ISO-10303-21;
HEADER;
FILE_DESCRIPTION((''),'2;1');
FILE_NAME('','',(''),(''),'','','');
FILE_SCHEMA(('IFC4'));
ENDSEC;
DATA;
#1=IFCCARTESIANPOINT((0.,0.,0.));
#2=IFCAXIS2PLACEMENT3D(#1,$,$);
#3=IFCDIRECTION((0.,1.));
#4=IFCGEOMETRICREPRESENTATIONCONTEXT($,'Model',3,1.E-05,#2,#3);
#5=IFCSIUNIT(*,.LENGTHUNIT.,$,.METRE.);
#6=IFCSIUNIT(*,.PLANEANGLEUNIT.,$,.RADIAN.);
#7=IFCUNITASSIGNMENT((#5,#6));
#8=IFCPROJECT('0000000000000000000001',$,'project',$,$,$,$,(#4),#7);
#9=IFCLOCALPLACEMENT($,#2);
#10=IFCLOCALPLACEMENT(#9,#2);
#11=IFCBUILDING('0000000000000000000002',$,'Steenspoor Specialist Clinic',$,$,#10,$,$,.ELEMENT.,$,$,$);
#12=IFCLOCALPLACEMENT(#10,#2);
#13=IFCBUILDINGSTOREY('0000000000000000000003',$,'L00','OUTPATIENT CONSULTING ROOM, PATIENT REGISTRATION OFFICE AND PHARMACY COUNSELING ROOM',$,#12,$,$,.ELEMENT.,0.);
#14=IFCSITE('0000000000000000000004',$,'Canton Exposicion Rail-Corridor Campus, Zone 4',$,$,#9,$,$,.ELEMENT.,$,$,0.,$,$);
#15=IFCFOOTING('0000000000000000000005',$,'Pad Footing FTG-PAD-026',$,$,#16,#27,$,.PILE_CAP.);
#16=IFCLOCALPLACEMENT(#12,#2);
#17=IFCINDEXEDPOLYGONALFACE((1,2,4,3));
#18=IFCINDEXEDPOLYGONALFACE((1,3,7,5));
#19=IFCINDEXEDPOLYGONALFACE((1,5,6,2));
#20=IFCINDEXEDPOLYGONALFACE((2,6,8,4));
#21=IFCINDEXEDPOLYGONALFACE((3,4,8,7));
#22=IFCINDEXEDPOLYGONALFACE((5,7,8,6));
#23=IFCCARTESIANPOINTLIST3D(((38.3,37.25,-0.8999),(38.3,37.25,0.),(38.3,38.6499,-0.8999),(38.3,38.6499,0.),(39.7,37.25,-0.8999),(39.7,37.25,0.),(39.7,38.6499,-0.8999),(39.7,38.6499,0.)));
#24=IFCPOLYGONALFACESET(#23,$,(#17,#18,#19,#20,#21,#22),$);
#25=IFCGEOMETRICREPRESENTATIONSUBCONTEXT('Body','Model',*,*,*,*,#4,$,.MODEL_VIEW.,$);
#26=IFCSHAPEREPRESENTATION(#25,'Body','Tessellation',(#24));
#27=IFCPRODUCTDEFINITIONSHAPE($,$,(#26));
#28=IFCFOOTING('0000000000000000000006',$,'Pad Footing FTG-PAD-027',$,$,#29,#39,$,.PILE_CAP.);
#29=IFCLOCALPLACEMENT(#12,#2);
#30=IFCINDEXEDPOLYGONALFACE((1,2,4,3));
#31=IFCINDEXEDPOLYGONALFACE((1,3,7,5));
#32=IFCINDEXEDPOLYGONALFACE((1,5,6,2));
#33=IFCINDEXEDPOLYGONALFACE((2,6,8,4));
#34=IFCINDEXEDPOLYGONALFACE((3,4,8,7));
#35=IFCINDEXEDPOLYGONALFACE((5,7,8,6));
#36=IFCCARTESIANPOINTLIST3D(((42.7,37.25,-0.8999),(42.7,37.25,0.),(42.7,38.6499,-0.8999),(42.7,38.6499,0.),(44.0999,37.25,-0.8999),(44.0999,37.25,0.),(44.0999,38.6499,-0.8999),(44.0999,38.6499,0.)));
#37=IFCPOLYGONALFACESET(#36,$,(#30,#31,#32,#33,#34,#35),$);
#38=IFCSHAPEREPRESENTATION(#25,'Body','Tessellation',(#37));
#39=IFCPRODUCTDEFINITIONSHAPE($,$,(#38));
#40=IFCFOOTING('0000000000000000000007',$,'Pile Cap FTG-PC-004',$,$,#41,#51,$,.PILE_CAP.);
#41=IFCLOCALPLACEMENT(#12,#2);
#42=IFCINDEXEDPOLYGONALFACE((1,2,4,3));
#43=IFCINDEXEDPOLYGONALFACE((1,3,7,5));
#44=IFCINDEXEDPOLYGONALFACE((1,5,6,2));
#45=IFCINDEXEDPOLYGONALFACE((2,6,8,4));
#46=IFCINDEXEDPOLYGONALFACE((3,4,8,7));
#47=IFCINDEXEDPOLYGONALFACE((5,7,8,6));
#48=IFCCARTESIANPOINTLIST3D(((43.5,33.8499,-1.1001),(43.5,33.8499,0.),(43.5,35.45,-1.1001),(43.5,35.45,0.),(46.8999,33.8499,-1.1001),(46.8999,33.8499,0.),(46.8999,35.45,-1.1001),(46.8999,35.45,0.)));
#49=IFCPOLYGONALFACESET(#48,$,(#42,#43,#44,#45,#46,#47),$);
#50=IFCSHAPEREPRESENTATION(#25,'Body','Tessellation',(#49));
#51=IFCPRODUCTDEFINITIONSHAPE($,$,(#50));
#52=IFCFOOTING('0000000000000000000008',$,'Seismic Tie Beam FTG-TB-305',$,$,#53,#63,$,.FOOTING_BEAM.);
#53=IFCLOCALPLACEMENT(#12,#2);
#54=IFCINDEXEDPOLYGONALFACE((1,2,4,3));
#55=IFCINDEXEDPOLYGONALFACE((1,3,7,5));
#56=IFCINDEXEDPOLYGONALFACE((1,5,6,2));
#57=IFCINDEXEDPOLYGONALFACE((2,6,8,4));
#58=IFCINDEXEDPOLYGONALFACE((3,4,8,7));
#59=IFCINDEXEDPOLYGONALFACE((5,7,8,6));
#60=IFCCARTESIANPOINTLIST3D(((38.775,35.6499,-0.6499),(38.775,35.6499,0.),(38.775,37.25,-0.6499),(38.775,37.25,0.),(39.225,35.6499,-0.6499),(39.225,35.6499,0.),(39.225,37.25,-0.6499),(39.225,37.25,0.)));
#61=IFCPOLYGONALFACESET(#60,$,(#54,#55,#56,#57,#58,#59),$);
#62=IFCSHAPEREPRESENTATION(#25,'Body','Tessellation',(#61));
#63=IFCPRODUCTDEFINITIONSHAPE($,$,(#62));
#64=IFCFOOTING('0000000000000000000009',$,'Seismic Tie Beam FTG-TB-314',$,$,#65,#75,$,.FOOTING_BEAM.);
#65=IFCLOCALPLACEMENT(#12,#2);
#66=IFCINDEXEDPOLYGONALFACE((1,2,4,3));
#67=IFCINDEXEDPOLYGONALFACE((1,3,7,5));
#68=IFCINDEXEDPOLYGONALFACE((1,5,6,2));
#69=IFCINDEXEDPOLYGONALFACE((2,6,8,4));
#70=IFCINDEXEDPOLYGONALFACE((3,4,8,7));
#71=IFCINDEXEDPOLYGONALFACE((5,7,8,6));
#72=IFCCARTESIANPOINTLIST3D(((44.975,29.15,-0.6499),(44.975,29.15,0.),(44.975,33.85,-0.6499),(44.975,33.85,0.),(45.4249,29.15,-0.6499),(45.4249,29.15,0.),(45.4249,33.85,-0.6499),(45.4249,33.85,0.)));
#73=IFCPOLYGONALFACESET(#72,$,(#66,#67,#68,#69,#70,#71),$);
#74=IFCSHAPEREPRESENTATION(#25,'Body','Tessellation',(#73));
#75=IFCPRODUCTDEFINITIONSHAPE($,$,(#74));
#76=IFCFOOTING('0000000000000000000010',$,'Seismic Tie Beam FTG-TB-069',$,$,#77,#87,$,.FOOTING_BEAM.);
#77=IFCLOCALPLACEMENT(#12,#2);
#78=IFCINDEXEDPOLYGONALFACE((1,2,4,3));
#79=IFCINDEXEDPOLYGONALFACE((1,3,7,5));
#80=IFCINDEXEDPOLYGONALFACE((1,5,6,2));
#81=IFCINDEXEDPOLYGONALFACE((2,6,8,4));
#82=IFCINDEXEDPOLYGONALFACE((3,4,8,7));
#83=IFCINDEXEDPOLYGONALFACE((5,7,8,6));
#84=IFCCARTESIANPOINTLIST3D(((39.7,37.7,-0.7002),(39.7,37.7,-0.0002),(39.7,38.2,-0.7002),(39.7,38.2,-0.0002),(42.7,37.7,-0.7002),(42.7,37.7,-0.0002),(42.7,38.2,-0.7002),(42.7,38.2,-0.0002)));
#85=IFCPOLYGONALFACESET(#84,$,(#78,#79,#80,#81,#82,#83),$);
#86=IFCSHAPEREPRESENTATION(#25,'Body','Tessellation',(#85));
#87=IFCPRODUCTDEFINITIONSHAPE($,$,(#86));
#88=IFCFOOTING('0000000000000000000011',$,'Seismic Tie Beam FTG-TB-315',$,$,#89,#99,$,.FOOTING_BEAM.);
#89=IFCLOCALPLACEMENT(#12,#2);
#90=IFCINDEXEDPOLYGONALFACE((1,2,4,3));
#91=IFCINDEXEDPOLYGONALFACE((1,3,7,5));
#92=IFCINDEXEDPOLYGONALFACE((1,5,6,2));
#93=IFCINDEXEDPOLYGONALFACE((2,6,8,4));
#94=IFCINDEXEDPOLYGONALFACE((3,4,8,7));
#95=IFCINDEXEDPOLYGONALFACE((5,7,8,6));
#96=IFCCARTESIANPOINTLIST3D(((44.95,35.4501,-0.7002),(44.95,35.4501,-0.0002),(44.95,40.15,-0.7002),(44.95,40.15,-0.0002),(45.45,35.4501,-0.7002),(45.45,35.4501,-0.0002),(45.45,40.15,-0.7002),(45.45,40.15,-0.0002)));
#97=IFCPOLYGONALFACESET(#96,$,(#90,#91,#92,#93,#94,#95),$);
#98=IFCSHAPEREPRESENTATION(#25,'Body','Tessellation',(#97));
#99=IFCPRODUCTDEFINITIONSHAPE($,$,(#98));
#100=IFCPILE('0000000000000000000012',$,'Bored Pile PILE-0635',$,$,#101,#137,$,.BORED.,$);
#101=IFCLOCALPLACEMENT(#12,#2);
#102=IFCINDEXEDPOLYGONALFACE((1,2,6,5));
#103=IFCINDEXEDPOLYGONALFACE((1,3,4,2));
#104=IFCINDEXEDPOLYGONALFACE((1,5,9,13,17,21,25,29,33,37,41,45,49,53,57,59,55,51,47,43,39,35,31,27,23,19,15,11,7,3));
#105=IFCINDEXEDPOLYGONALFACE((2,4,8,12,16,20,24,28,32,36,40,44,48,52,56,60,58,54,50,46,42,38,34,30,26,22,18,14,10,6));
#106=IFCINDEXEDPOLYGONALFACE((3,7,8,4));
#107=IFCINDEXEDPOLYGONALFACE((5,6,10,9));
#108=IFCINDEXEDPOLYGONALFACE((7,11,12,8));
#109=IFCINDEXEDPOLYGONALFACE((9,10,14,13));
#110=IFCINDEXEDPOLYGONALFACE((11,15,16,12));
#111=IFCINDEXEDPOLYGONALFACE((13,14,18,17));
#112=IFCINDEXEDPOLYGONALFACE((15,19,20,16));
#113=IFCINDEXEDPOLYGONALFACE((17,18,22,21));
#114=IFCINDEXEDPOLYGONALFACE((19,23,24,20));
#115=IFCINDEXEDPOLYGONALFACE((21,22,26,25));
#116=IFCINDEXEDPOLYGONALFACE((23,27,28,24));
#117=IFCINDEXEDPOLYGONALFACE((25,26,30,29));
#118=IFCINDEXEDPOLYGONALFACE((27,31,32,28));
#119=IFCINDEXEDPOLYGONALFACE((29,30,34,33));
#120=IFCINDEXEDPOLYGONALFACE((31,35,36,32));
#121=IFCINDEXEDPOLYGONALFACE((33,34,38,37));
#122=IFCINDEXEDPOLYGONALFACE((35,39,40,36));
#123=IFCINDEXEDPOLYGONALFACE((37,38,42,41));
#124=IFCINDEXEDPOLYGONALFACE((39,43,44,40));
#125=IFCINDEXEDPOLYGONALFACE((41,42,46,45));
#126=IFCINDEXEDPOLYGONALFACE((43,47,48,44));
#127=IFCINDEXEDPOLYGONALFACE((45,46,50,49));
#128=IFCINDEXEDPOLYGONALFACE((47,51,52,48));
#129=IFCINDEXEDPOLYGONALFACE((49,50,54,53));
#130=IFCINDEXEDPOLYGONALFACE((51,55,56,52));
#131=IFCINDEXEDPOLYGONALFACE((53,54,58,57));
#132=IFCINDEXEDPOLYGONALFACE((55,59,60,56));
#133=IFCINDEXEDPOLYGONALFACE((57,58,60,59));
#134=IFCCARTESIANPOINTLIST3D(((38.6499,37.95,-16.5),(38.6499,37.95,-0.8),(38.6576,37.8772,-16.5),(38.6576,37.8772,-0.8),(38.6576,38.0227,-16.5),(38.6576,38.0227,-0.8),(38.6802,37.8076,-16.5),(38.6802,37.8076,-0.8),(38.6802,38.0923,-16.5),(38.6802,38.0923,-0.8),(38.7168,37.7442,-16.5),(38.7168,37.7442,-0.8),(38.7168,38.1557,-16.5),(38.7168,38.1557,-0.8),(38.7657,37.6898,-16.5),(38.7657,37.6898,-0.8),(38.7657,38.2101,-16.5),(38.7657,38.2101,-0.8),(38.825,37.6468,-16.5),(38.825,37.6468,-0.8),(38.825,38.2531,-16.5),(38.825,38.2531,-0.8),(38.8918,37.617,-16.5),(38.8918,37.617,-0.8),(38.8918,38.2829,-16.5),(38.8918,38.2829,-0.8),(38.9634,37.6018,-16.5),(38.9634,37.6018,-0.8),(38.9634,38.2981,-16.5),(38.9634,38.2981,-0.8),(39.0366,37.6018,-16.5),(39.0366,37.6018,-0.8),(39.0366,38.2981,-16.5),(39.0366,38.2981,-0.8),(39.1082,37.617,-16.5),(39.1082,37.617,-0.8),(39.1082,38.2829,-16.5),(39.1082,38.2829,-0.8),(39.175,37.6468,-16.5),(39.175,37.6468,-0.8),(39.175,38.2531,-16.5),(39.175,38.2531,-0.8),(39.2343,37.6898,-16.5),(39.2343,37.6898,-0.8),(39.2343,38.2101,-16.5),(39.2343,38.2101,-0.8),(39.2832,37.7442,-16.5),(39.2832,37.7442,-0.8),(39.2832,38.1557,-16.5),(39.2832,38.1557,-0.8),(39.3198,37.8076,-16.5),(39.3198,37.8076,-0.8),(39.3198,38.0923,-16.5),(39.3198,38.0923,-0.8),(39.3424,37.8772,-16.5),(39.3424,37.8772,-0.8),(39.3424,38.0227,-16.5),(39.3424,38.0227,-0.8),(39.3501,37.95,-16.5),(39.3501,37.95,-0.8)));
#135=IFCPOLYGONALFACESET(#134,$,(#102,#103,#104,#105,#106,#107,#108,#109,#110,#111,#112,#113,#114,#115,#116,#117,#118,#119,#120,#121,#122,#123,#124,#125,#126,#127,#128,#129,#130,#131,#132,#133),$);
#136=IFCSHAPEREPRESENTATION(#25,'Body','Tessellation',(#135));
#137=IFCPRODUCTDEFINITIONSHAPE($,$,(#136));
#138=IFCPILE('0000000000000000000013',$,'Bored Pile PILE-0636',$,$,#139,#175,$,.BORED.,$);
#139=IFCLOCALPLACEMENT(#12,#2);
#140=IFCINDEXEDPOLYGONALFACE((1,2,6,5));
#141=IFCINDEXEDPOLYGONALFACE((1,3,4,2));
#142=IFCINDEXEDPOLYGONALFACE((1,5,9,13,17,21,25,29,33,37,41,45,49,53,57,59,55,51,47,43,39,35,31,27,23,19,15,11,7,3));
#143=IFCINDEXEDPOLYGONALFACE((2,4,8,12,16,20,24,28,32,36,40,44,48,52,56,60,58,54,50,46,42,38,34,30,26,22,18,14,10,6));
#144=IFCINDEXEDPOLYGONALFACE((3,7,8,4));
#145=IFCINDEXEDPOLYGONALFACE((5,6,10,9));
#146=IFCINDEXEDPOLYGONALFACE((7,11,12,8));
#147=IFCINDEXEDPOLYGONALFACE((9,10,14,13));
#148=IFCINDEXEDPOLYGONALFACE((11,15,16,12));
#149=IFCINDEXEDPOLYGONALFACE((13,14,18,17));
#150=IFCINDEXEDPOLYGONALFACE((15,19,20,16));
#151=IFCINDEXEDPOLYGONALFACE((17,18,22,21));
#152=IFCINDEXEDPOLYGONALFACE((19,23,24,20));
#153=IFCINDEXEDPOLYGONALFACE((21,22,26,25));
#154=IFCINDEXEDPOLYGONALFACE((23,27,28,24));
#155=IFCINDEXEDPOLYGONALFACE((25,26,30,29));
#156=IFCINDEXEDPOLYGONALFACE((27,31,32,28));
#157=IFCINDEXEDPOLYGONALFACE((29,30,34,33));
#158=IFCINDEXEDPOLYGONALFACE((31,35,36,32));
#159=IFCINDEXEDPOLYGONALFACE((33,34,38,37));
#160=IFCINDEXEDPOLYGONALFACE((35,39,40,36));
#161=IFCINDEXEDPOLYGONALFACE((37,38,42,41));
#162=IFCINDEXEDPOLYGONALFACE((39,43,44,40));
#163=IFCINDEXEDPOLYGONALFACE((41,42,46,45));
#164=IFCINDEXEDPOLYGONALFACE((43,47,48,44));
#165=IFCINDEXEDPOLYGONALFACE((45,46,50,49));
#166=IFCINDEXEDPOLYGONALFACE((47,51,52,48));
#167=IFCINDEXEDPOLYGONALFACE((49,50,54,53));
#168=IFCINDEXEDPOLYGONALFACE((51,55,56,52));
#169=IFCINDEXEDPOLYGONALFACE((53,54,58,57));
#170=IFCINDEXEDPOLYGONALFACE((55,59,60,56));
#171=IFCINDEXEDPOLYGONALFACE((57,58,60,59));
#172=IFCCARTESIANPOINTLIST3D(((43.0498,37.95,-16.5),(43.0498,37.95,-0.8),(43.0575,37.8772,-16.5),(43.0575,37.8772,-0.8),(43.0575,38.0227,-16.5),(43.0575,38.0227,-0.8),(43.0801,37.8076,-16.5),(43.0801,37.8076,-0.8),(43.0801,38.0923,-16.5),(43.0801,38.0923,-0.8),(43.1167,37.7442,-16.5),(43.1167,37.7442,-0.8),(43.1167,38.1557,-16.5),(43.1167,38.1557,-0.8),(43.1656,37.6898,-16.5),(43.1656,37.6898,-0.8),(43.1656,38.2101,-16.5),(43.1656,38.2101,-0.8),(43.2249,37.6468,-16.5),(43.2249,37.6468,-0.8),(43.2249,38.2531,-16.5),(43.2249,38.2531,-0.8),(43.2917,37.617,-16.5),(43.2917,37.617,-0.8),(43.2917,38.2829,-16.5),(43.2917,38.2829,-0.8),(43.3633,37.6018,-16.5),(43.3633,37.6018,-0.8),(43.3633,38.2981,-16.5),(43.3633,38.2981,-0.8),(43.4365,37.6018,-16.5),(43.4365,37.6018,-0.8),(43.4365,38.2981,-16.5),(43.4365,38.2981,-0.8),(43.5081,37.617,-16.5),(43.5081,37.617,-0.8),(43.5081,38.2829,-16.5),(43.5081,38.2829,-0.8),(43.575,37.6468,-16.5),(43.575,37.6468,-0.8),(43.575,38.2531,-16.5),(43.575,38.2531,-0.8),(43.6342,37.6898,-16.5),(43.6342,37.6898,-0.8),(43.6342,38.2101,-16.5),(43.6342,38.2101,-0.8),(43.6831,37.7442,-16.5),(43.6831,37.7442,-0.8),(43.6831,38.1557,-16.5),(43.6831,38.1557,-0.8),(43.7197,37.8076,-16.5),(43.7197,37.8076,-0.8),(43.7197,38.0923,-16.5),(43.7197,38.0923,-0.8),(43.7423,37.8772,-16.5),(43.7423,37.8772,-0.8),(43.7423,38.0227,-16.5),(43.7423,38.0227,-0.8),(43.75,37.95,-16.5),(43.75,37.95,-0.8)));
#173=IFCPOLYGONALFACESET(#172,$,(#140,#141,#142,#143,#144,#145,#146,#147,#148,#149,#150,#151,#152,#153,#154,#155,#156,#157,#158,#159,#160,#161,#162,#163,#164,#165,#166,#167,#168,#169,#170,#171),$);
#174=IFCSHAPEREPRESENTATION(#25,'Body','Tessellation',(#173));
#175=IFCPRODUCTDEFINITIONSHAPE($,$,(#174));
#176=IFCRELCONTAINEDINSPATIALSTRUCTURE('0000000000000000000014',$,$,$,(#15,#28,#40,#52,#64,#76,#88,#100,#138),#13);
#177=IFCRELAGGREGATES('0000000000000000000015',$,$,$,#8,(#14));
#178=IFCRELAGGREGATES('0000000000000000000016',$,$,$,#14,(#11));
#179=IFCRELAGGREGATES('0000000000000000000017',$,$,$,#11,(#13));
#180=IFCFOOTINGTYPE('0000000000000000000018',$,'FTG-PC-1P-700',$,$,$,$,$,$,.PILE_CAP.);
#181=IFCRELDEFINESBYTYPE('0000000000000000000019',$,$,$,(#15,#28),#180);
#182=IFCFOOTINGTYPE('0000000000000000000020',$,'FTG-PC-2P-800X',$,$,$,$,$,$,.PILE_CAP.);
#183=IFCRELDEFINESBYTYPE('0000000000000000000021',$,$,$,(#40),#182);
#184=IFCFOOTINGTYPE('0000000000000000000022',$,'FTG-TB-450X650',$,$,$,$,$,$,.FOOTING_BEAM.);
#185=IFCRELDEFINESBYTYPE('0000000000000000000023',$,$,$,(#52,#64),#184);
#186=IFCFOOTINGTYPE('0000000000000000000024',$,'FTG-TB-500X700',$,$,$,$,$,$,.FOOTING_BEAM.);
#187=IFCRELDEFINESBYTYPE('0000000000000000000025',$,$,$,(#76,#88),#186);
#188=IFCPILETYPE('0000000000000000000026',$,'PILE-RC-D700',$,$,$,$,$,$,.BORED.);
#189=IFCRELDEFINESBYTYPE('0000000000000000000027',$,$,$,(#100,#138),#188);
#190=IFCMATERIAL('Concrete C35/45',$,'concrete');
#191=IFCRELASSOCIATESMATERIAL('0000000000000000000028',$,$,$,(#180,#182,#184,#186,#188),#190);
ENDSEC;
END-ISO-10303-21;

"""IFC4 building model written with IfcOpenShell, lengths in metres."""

from ifc_helpers import new_model, si_unit, direction, frame, origin, origin_2d, place, context, subcontext, project, spatial, rectangle, circle, extrude, material, material_profile, profile_set, type_object, element, save


model = new_model("IFC4")

# Units and contexts
model_context = context("Model", 3, precision=1e-05, world=origin(), true_north=direction((0.0, 1.0)))
body_context = subcontext(model_context, "Body", "Model", "MODEL_VIEW")
ifc_project = project(units=[si_unit("LENGTHUNIT", "METRE"), si_unit("PLANEANGLEUNIT", "RADIAN")], contexts=[model_context])

# Site, building, storey
site_placement = place(None, origin())
site = spatial("IfcSite", under=ifc_project, at=site_placement, Name="Canton Exposicion Rail-Corridor Campus, Zone 4", CompositionType="ELEMENT", RefElevation=0.0)
building_placement = place(site_placement, origin())
building = spatial("IfcBuilding", under=site, at=building_placement, Name="Steenspoor Specialist Clinic", CompositionType="ELEMENT")
storey_placement = place(building_placement, origin())
storey = spatial("IfcBuildingStorey", under=building, at=storey_placement, Name="L00", Description="OUTPATIENT CONSULTING ROOM, PATIENT REGISTRATION OFFICE AND PHARMACY COUNSELING ROOM", CompositionType="ELEMENT", Elevation=0.0)

# Footings
ifc_material_1 = material(Name="Concrete C35/45", Category="concrete")
footing_type_1 = type_object("IfcFootingType", Name="FTG-PC-1P-700", PredefinedType="PILE_CAP", material=ifc_material_1)
for number, where, z_axis, x_axis, name in (
    (1, (39.0, 37.95, -0.8999), (0.0, 0.0, 1.0), (1.0, 0.0, 0.0), "Pad Footing FTG-PAD-026"),
    (2, (43.3999, 37.95, -0.8999), (0.0, 0.0, 1.0), (1.0, 0.0, 0.0), "Pad Footing FTG-PAD-027"),
):
    element("IfcFooting", number, at=place(storey_placement, frame(where, z_axis=z_axis, x_axis=x_axis)), inside=storey, type_object=footing_type_1, Name=name, PredefinedType="PILE_CAP", context=body_context, shape_type="SweptSolid", body=[
        extrude(rectangle(XDim=1.3999, YDim=1.3999, at=origin_2d()), origin(), (0.0, 0.0, 1.0), 0.8999),
    ])
footing_type_2 = type_object("IfcFootingType", Name="FTG-PC-2P-800X", PredefinedType="PILE_CAP", material=ifc_material_1)
footing_1_placement = place(storey_placement, frame((45.2, 34.6499, -1.1001), z_axis=(0.0, 0.0, 1.0), x_axis=(1.0, 0.0, 0.0)))
element("IfcFooting", 3, at=footing_1_placement, inside=storey, type_object=footing_type_2, Name="Pile Cap FTG-PC-004", PredefinedType="PILE_CAP", context=body_context, shape_type="SweptSolid", body=[
    extrude(rectangle(XDim=3.3999, YDim=1.6001, at=origin_2d()), origin(), (0.0, 0.0, 1.0), 1.1001),
])
footing_type_3 = type_object("IfcFootingType", Name="FTG-TB-450X650", PredefinedType="FOOTING_BEAM", material=ifc_material_1)
footing_2_placement = place(storey_placement, frame((39.0, 36.45, -0.6499), z_axis=(0.0, 0.0, 1.0), x_axis=(1.0, 0.0, 0.0)))
element("IfcFooting", 4, at=footing_2_placement, inside=storey, type_object=footing_type_3, Name="Seismic Tie Beam FTG-TB-305", PredefinedType="FOOTING_BEAM", context=body_context, shape_type="SweptSolid", body=[
    extrude(rectangle(XDim=0.45, YDim=1.6001, at=origin_2d()), origin(), (0.0, 0.0, 1.0), 0.6499),
])
footing_3_placement = place(storey_placement, frame((45.2, 31.5, -0.6499), z_axis=(0.0, 0.0, 1.0), x_axis=(1.0, 0.0, 0.0)))
element("IfcFooting", 5, at=footing_3_placement, inside=storey, type_object=footing_type_3, Name="Seismic Tie Beam FTG-TB-314", PredefinedType="FOOTING_BEAM", context=body_context, shape_type="SweptSolid", body=[
    extrude(rectangle(XDim=0.45, YDim=4.7, at=origin_2d()), origin(), (0.0, 0.0, 1.0), 0.6499),
])
footing_type_4 = type_object("IfcFootingType", Name="FTG-TB-500X700", PredefinedType="FOOTING_BEAM", material=ifc_material_1)
footing_4_placement = place(storey_placement, frame((41.2, 37.95, -0.7002), z_axis=(0.0, 0.0, 1.0), x_axis=(1.0, 0.0, 0.0)))
element("IfcFooting", 6, at=footing_4_placement, inside=storey, type_object=footing_type_4, Name="Seismic Tie Beam FTG-TB-069", PredefinedType="FOOTING_BEAM", context=body_context, shape_type="SweptSolid", body=[
    extrude(rectangle(XDim=3.0, YDim=0.5, at=origin_2d()), origin(), (0.0, 0.0, 1.0), 0.7),
])
footing_5_placement = place(storey_placement, frame((45.2, 37.8, -0.7002), z_axis=(0.0, 0.0, 1.0), x_axis=(1.0, 0.0, 0.0)))
element("IfcFooting", 7, at=footing_5_placement, inside=storey, type_object=footing_type_4, Name="Seismic Tie Beam FTG-TB-315", PredefinedType="FOOTING_BEAM", context=body_context, shape_type="SweptSolid", body=[
    extrude(rectangle(XDim=0.5, YDim=4.7, at=origin_2d()), origin(), (0.0, 0.0, 1.0), 0.7),
])

# Piles
ifc_material_profile_1 = material_profile(ifc_material_1, circle(Radius=0.3501, at=origin_2d()), Name="PILE-D700")
ifc_profile_set_1 = profile_set([ifc_material_profile_1], Name="Concrete C35/45")
pile_type_1 = type_object("IfcPileType", Name="PILE-RC-D700", PredefinedType="BORED", material=ifc_profile_set_1)
for number, where, z_axis, x_axis, name in (
    (8, (39.0, 37.95, -0.8), (0.0, 0.0, -1.0), (1.0, 0.0, 0.0), "Bored Pile PILE-0635"),
    (9, (43.3999, 37.95, -0.8), (0.0, 0.0, -1.0), (1.0, 0.0, 0.0), "Bored Pile PILE-0636"),
):
    element("IfcPile", number, at=place(storey_placement, frame(where, z_axis=z_axis, x_axis=x_axis)), inside=storey, type_object=pile_type_1, Name=name, PredefinedType="BORED", context=body_context, shape_type="SweptSolid", body=[
        extrude(circle(Radius=0.3501, at=origin_2d()), origin(), (0.0, 0.0, 1.0), 15.7),
    ])

save(model, "model.ifc")
